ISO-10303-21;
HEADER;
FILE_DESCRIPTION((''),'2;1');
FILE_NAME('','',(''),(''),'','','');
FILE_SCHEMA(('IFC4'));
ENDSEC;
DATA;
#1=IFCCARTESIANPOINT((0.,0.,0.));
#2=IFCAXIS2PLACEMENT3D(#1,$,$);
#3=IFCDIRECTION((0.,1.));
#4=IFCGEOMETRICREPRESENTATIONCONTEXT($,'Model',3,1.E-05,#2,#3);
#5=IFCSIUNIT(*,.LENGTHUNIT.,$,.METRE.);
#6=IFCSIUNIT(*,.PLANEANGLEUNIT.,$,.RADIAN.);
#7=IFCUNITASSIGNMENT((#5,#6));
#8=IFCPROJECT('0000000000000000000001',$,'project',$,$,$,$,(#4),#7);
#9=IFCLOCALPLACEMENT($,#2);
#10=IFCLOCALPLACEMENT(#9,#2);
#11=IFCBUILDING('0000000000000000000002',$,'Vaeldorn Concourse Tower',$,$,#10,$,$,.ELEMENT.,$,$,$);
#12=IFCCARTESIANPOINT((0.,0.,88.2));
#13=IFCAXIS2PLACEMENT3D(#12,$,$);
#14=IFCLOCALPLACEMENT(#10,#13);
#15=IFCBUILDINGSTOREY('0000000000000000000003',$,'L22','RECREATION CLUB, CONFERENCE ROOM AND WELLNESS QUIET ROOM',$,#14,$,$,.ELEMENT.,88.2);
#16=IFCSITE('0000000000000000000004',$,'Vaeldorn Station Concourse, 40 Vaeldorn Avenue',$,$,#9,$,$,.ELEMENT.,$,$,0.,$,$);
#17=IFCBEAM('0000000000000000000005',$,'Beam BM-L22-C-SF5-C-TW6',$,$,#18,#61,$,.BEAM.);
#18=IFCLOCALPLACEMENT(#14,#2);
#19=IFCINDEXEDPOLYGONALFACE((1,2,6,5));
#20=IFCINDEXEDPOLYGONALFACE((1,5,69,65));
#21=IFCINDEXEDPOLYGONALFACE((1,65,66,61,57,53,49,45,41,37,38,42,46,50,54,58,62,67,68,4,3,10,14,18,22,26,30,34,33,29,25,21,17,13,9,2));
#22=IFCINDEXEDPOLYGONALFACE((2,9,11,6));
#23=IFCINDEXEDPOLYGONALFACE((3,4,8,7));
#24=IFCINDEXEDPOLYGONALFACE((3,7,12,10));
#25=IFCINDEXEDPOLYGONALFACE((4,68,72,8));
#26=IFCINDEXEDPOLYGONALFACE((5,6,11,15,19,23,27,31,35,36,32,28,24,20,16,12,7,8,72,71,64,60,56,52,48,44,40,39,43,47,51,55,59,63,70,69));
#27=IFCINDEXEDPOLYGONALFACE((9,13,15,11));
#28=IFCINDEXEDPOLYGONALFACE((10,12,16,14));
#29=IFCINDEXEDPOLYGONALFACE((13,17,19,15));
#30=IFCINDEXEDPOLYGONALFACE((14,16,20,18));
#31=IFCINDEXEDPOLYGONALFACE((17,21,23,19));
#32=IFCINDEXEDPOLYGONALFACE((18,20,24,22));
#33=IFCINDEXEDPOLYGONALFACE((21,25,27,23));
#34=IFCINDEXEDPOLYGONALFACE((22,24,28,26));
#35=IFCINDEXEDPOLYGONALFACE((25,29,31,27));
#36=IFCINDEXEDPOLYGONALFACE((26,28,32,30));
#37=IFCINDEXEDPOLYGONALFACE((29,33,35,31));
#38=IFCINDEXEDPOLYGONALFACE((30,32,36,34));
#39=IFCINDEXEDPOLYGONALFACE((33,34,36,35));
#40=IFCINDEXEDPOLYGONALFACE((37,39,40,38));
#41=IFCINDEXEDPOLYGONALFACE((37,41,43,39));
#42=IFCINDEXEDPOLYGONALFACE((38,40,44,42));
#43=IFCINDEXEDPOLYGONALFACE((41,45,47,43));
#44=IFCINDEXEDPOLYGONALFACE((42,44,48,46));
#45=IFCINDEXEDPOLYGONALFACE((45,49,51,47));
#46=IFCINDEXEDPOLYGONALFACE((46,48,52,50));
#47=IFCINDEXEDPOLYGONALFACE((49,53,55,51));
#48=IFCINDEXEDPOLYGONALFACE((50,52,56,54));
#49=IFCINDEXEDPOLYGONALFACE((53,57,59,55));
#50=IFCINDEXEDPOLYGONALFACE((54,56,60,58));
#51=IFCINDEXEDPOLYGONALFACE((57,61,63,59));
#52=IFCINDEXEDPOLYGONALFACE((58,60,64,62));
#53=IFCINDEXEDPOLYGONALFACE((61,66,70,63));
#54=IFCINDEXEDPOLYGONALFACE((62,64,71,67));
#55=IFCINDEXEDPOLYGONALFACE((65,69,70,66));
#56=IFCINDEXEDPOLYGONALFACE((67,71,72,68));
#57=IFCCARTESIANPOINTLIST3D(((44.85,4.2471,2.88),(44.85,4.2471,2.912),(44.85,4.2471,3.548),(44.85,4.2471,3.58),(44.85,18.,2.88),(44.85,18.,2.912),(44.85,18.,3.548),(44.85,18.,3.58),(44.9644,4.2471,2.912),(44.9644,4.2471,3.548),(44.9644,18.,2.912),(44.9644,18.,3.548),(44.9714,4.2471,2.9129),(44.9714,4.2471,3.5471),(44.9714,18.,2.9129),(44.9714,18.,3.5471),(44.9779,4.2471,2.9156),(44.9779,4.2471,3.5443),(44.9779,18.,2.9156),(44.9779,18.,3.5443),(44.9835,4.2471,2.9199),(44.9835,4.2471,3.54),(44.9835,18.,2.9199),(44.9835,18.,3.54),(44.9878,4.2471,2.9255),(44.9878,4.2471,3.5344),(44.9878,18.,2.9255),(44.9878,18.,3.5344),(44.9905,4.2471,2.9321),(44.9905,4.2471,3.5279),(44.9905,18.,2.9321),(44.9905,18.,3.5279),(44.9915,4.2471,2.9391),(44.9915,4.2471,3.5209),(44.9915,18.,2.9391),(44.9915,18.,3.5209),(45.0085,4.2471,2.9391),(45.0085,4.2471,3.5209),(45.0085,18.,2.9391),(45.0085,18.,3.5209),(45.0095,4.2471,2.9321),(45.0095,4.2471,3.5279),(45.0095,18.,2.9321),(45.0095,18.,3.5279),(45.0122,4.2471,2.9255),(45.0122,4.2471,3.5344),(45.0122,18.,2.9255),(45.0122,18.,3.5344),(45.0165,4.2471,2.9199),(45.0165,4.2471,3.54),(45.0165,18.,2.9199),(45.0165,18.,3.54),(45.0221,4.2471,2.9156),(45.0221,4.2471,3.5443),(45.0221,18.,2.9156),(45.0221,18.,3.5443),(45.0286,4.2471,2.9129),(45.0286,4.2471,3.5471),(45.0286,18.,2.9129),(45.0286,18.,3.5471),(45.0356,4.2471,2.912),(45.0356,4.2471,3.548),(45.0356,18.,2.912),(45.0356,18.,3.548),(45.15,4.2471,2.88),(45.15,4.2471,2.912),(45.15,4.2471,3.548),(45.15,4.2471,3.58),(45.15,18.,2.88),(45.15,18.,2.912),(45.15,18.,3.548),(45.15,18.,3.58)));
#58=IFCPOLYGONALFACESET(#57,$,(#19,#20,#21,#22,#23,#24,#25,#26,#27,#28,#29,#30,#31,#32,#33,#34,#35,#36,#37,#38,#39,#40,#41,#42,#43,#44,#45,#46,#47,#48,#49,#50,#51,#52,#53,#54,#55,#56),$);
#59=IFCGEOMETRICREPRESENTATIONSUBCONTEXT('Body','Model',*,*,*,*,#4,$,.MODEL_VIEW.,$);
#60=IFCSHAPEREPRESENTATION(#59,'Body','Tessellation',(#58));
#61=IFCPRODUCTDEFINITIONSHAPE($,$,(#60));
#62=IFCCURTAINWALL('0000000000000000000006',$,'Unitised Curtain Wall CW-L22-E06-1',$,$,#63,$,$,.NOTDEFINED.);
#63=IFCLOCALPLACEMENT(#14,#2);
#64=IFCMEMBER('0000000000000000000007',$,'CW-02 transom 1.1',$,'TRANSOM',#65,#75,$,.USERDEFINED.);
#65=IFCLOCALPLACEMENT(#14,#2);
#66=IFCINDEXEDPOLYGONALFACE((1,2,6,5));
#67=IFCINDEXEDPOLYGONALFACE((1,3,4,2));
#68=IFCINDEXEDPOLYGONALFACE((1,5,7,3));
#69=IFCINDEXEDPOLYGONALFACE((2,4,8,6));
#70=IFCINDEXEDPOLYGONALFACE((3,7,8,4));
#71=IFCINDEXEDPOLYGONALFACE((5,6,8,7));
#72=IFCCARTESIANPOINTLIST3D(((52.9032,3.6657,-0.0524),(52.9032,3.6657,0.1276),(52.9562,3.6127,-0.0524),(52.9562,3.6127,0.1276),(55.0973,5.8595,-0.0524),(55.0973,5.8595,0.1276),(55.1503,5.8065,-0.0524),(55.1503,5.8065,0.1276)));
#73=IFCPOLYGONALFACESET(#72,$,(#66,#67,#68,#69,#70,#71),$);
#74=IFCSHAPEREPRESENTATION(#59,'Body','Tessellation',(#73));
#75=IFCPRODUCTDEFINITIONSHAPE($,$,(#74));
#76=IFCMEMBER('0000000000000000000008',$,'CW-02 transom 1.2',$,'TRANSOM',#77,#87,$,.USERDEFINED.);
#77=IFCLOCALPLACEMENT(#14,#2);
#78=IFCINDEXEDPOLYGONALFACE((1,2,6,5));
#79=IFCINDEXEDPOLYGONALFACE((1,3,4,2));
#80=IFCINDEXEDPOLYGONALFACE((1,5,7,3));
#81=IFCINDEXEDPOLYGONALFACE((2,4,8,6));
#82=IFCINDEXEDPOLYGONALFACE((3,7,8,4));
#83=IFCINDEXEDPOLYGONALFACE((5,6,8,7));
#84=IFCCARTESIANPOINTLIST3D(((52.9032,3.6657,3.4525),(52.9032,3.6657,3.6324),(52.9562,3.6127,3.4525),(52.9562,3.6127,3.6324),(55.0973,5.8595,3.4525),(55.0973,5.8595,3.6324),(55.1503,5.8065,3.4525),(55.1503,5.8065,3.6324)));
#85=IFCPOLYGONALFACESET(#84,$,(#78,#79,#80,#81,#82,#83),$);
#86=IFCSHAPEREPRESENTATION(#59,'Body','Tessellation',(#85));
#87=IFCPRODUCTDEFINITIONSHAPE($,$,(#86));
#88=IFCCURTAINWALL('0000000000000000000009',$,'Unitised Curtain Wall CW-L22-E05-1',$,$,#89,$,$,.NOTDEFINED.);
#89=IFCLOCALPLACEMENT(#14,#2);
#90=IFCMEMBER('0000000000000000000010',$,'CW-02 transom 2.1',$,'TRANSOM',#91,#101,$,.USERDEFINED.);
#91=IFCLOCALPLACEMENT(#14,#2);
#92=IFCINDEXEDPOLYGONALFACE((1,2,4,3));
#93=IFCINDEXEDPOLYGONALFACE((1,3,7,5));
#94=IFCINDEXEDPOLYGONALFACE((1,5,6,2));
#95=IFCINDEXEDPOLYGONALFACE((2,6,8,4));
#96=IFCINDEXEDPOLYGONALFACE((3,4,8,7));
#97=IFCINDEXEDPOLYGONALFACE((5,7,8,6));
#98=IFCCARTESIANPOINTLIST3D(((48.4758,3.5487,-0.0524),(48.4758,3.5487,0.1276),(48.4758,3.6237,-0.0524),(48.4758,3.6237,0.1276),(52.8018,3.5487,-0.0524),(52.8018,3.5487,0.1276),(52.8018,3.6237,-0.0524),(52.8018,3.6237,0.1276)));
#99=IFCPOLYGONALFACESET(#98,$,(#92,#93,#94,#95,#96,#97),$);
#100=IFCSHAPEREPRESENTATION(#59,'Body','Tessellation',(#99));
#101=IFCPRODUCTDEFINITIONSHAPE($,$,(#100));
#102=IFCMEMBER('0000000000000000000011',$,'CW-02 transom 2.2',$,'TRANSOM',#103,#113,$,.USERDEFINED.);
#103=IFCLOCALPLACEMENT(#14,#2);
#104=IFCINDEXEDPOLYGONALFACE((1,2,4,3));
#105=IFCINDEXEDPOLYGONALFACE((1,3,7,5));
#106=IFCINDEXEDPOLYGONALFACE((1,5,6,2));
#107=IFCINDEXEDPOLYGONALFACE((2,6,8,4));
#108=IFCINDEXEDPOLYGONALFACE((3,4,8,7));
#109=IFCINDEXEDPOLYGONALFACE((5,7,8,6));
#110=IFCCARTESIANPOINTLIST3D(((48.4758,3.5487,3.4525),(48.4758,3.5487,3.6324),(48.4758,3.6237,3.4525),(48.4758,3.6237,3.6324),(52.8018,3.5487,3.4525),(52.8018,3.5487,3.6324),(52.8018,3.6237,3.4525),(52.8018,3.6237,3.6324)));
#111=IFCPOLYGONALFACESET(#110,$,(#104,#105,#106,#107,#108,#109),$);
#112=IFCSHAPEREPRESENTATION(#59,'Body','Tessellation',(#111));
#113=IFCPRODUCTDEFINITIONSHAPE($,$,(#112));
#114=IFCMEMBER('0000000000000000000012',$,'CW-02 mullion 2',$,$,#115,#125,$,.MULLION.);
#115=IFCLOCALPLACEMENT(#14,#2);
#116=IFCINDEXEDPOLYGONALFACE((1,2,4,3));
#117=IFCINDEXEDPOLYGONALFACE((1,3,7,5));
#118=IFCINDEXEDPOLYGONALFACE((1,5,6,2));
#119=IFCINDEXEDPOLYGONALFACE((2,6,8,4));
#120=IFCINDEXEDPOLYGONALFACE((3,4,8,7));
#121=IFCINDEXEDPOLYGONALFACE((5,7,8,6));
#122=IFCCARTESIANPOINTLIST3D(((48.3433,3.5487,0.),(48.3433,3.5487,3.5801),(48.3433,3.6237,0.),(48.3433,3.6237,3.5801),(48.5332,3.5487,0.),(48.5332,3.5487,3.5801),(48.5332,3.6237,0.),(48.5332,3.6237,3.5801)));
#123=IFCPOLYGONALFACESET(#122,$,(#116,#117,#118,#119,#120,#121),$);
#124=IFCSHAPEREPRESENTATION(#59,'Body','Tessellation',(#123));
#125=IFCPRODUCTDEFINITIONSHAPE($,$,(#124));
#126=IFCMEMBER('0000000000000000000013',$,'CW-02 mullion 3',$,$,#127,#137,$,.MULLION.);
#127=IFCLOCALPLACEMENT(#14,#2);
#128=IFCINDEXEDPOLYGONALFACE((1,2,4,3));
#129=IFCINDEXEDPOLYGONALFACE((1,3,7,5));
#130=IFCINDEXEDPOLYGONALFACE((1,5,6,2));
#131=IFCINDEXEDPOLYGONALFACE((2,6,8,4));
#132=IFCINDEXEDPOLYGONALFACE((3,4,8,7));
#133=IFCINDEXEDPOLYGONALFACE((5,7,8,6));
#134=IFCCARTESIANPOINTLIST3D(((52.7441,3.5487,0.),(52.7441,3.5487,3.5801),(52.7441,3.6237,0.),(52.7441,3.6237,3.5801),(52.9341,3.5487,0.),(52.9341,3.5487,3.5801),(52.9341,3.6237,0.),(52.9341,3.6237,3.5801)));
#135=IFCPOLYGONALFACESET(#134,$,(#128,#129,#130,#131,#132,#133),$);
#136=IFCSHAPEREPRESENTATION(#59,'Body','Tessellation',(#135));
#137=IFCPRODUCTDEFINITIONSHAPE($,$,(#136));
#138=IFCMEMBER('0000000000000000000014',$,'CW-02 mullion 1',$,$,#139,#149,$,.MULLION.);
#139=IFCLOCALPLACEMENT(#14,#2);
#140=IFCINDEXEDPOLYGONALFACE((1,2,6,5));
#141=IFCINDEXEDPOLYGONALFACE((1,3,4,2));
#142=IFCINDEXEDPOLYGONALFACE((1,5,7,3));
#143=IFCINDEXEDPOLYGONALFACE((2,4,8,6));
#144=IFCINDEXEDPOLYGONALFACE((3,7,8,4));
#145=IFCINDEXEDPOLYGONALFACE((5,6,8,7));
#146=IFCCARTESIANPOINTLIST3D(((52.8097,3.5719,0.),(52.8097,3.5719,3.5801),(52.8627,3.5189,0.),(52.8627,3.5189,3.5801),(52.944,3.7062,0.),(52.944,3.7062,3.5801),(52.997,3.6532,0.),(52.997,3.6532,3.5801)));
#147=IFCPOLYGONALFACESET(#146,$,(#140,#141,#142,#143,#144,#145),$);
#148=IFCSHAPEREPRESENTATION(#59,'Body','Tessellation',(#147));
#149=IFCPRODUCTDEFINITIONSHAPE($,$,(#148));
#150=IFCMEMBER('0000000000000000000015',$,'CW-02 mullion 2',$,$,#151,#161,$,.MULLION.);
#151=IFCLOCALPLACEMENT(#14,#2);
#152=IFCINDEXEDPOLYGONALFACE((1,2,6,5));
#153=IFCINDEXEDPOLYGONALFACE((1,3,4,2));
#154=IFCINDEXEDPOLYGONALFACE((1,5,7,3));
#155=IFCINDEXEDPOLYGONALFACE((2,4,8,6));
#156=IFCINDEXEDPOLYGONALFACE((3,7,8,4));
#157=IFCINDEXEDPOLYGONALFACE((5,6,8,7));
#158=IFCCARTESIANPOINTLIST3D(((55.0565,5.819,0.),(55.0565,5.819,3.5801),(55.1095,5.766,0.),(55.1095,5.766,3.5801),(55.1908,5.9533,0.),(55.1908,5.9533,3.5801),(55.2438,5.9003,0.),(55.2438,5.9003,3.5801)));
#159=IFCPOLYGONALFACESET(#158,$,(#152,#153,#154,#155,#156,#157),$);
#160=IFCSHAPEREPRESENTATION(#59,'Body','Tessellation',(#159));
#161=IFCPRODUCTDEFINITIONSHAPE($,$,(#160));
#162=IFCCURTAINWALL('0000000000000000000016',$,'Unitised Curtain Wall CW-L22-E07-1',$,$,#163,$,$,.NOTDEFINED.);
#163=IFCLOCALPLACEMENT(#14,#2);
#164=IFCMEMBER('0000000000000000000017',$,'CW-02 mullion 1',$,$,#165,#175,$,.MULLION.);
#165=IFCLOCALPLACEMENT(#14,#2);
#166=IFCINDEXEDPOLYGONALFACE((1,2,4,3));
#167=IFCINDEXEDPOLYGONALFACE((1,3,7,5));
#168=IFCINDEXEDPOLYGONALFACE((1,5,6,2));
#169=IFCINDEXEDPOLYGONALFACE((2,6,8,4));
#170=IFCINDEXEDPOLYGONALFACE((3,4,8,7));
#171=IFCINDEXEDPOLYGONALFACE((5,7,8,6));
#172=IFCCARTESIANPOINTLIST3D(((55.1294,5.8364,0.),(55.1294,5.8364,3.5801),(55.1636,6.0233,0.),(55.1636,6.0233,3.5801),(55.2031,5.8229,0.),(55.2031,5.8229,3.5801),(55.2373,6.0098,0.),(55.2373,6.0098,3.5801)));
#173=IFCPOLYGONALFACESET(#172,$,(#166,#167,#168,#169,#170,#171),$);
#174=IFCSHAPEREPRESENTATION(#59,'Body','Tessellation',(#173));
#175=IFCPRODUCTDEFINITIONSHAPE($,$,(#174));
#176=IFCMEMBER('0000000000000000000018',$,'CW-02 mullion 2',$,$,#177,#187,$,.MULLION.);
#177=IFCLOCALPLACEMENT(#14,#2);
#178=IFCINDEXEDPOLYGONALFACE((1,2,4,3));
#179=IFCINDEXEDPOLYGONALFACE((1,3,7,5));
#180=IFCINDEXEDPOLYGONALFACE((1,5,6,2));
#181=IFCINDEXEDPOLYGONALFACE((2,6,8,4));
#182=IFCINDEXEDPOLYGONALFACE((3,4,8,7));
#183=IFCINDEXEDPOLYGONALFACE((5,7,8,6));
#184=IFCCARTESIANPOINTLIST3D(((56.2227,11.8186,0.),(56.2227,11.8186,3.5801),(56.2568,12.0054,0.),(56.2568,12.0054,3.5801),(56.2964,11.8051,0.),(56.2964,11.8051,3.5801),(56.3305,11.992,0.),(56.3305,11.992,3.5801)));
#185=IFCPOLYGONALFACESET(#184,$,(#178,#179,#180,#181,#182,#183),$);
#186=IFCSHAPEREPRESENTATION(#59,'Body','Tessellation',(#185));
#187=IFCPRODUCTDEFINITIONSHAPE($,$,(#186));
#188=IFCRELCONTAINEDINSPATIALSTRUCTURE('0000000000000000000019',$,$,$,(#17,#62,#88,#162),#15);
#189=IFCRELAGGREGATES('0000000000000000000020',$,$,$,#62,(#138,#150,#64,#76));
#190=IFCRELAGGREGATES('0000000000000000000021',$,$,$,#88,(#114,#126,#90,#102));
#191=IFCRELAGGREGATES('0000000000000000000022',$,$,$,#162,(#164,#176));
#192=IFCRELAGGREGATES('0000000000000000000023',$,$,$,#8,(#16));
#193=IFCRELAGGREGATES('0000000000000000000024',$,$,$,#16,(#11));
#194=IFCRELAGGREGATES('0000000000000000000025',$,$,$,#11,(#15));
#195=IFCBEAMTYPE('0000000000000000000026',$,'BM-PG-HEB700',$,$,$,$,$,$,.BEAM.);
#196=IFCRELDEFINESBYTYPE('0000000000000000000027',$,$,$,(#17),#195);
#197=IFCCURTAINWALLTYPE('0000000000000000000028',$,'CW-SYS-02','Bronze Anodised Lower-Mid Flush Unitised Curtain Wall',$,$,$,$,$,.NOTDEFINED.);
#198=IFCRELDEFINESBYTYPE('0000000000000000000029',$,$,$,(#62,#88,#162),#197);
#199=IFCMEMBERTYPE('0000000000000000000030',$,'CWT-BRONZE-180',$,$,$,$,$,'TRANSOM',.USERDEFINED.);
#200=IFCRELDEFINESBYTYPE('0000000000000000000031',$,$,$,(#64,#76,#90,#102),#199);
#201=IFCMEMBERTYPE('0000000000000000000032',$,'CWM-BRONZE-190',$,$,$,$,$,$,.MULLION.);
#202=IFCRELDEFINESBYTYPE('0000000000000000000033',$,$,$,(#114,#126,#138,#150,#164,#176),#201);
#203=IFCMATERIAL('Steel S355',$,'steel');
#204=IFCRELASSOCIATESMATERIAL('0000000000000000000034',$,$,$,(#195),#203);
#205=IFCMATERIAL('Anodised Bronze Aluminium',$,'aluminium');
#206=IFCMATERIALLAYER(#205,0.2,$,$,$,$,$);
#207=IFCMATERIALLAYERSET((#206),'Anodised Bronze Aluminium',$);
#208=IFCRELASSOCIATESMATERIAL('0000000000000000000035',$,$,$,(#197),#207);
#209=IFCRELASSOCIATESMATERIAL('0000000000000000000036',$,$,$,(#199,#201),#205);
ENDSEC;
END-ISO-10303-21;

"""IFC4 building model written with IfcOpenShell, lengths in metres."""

from ifc_helpers import new_model, si_unit, direction, frame, origin, origin_2d, place, context, subcontext, project, spatial, rectangle, i_section, extrude, source, transform, mapped, material, layer, layer_set, material_profile, profile_set, type_object, element, aggregate, save


model = new_model("IFC4")

# Units and contexts
model_context = context("Model", 3, precision=1e-05, world=origin(), true_north=direction((0.0, 1.0)))
body_context = subcontext(model_context, "Body", "Model", "MODEL_VIEW")
ifc_project = project(units=[si_unit("LENGTHUNIT", "METRE"), si_unit("PLANEANGLEUNIT", "RADIAN")], contexts=[model_context])

# Site, building, storey
site_placement = place(None, origin())
site = spatial("IfcSite", under=ifc_project, at=site_placement, Name="Vaeldorn Station Concourse, 40 Vaeldorn Avenue", CompositionType="ELEMENT", RefElevation=0.0)
building_placement = place(site_placement, origin())
building = spatial("IfcBuilding", under=site, at=building_placement, Name="Vaeldorn Concourse Tower", CompositionType="ELEMENT")
storey_placement = place(building_placement, frame((0.0, 0.0, 88.2)))
storey = spatial("IfcBuildingStorey", under=building, at=storey_placement, Name="L22", Description="RECREATION CLUB, CONFERENCE ROOM AND WELLNESS QUIET ROOM", CompositionType="ELEMENT", Elevation=88.2)

# Beam
ifc_material_1 = material(Name="Steel S355", Category="steel")
ifc_material_profile_1 = material_profile(ifc_material_1, i_section(OverallWidth=0.3, OverallDepth=0.7, WebThickness=0.0171, FlangeThickness=0.032, FilletRadius=0.0271, at=origin_2d()), Name="HEB 700")
ifc_profile_set_1 = profile_set([ifc_material_profile_1], Name="Steel S355")
beam_type = type_object("IfcBeamType", Name="BM-PG-HEB700", PredefinedType="BEAM", material=ifc_profile_set_1)
shared_shape_1 = source(origin(), body_context, "Body", "SweptSolid", [
    extrude(i_section(OverallWidth=0.3, OverallDepth=0.7, WebThickness=0.0171, FlangeThickness=0.032, FilletRadius=0.0271, at=origin_2d()), origin(), (0.0, 0.0, 1.0), 13.7529),
])
beam_1_placement = place(storey_placement, frame((45.0, 4.2471, 3.23), z_axis=(0.0, 1.0, 0.0), x_axis=(-1.0, 0.0, 0.0)))
element("IfcBeam", 1, at=beam_1_placement, inside=storey, type_object=beam_type, Name="Beam BM-L22-C-SF5-C-TW6", PredefinedType="BEAM", context=body_context, shape_type="MappedRepresentation", body=[
    mapped(shared_shape_1, transform((0.0, 0.0, 0.0), scale=1.0)),
])

# Curtain walls, members
ifc_material_2 = material(Name="Anodised Bronze Aluminium", Category="aluminium")
ifc_layer_1 = layer(ifc_material_2, 0.2)
ifc_layer_set_1 = layer_set([ifc_layer_1], Name="Anodised Bronze Aluminium")
curtain_wall_type = type_object("IfcCurtainWallType", Name="CW-SYS-02", Description="Bronze Anodised Lower-Mid Flush Unitised Curtain Wall", PredefinedType="NOTDEFINED", material=ifc_layer_set_1)
curtain_wall_1_placement = place(storey_placement, origin())
curtain_wall_1 = element("IfcCurtainWall", 2, at=curtain_wall_1_placement, inside=storey, type_object=curtain_wall_type, Name="Unitised Curtain Wall CW-L22-E06-1", PredefinedType="NOTDEFINED")
ifc_material_profile_2 = material_profile(ifc_material_2, rectangle(XDim=0.075, YDim=0.1799, at=origin_2d()), Name="CWT 75x180")
ifc_profile_set_2 = profile_set([ifc_material_profile_2], Name="Anodised Bronze Aluminium")
member_type_1 = type_object("IfcMemberType", Name="CWT-BRONZE-180", ElementType="TRANSOM", PredefinedType="USERDEFINED", material=ifc_profile_set_2)
shared_shape_2 = source(origin(), body_context, "Body", "SweptSolid", [
    extrude(rectangle(XDim=0.075, YDim=0.1799, at=origin_2d()), origin(), (0.0, 0.0, 1.0), 3.1028),
])
member_1_placement = place(storey_placement, frame((52.9297, 3.6392, 0.0376), z_axis=(0.707146, 0.707067, 0.0), x_axis=(-0.707067, 0.707146, 0.0)))
member_1 = element("IfcMember", 3, at=member_1_placement, type_object=member_type_1, Name="CW-02 transom 1.1", ObjectType="TRANSOM", PredefinedType="USERDEFINED", context=body_context, shape_type="MappedRepresentation", body=[
    mapped(shared_shape_2, transform((0.0, 0.0, 0.0), scale=1.0)),
])
member_2_placement = place(storey_placement, frame((52.9297, 3.6392, 3.5425), z_axis=(0.707146, 0.707067, 0.0), x_axis=(-0.707067, 0.707146, 0.0)))
member_2 = element("IfcMember", 4, at=member_2_placement, type_object=member_type_1, Name="CW-02 transom 1.2", ObjectType="TRANSOM", PredefinedType="USERDEFINED", context=body_context, shape_type="MappedRepresentation", body=[
    mapped(shared_shape_2, transform((0.0, 0.0, 0.0), scale=1.0)),
])
curtain_wall_2_placement = place(storey_placement, origin())
curtain_wall_2 = element("IfcCurtainWall", 5, at=curtain_wall_2_placement, inside=storey, type_object=curtain_wall_type, Name="Unitised Curtain Wall CW-L22-E05-1", PredefinedType="NOTDEFINED")
shared_shape_3 = source(origin(), body_context, "Body", "SweptSolid", [
    extrude(rectangle(XDim=0.075, YDim=0.1799, at=origin_2d()), origin(), (0.0, 0.0, 1.0), 4.3259),
])
member_3_placement = place(storey_placement, frame((48.4758, 3.5862, 0.0376), z_axis=(1.0, 0.0, 0.0), x_axis=(0.0, 1.0, 0.0)))
member_3 = element("IfcMember", 6, at=member_3_placement, type_object=member_type_1, Name="CW-02 transom 2.1", ObjectType="TRANSOM", PredefinedType="USERDEFINED", context=body_context, shape_type="MappedRepresentation", body=[
    mapped(shared_shape_3, transform((0.0, 0.0, 0.0), scale=1.0)),
])
member_4_placement = place(storey_placement, frame((48.4758, 3.5862, 3.5425), z_axis=(1.0, 0.0, 0.0), x_axis=(0.0, 1.0, 0.0)))
member_4 = element("IfcMember", 7, at=member_4_placement, type_object=member_type_1, Name="CW-02 transom 2.2", ObjectType="TRANSOM", PredefinedType="USERDEFINED", context=body_context, shape_type="MappedRepresentation", body=[
    mapped(shared_shape_3, transform((0.0, 0.0, 0.0), scale=1.0)),
])
ifc_material_profile_3 = material_profile(ifc_material_2, rectangle(XDim=0.075, YDim=0.1899, at=origin_2d()), Name="CWM 75x190")
ifc_profile_set_3 = profile_set([ifc_material_profile_3], Name="Anodised Bronze Aluminium")
member_type_2 = type_object("IfcMemberType", Name="CWM-BRONZE-190", PredefinedType="MULLION", material=ifc_profile_set_3)
shared_shape_4 = source(origin(), body_context, "Body", "SweptSolid", [
    extrude(rectangle(XDim=0.075, YDim=0.1899, at=origin_2d()), origin(), (0.0, 0.0, 1.0), 3.5801),
])
member_5_placement = place(storey_placement, frame((48.4382, 3.5862, 0.0), z_axis=(0.0, 0.0, 1.0), x_axis=(0.0, 1.0, 0.0)))
member_5 = element("IfcMember", 8, at=member_5_placement, type_object=member_type_2, Name="CW-02 mullion 2", PredefinedType="MULLION", context=body_context, shape_type="MappedRepresentation", body=[
    mapped(shared_shape_4, transform((0.0, 0.0, 0.0), scale=1.0)),
])
member_6_placement = place(storey_placement, frame((52.8391, 3.5862, 0.0), z_axis=(0.0, 0.0, 1.0), x_axis=(0.0, 1.0, 0.0)))
member_6 = element("IfcMember", 9, at=member_6_placement, type_object=member_type_2, Name="CW-02 mullion 3", PredefinedType="MULLION", context=body_context, shape_type="MappedRepresentation", body=[
    mapped(shared_shape_4, transform((0.0, 0.0, 0.0), scale=1.0)),
])

# Members
member_7_placement = place(storey_placement, frame((52.9033, 3.6125, 0.0), z_axis=(0.0, 0.0, 1.0), x_axis=(-0.707107, 0.707107, 0.0)))
member_7 = element("IfcMember", 10, at=member_7_placement, type_object=member_type_2, Name="CW-02 mullion 1", PredefinedType="MULLION", context=body_context, shape_type="MappedRepresentation", body=[
    mapped(shared_shape_4, transform((0.0, 0.0, 0.0), scale=1.0)),
])
member_8_placement = place(storey_placement, frame((55.1501, 5.8596, 0.0), z_axis=(0.0, 0.0, 1.0), x_axis=(-0.707107, 0.707107, 0.0)))
member_8 = element("IfcMember", 11, at=member_8_placement, type_object=member_type_2, Name="CW-02 mullion 2", PredefinedType="MULLION", context=body_context, shape_type="MappedRepresentation", body=[
    mapped(shared_shape_4, transform((0.0, 0.0, 0.0), scale=1.0)),
])

# Curtain wall, members
curtain_wall_3_placement = place(storey_placement, origin())
curtain_wall_3 = element("IfcCurtainWall", 12, at=curtain_wall_3_placement, inside=storey, type_object=curtain_wall_type, Name="Unitised Curtain Wall CW-L22-E07-1", PredefinedType="NOTDEFINED")
member_9_placement = place(storey_placement, frame((55.1833, 5.9231, 0.0), z_axis=(0.0, 0.0, 1.0), x_axis=(-0.983712, 0.179753, 0.0)))
member_9 = element("IfcMember", 13, at=member_9_placement, type_object=member_type_2, Name="CW-02 mullion 1", PredefinedType="MULLION", context=body_context, shape_type="MappedRepresentation", body=[
    mapped(shared_shape_4, transform((0.0, 0.0, 0.0), scale=1.0)),
])
member_10_placement = place(storey_placement, frame((56.2766, 11.9053, 0.0), z_axis=(0.0, 0.0, 1.0), x_axis=(-0.983712, 0.179753, 0.0)))
member_10 = element("IfcMember", 14, at=member_10_placement, type_object=member_type_2, Name="CW-02 mullion 2", PredefinedType="MULLION", context=body_context, shape_type="MappedRepresentation", body=[
    mapped(shared_shape_4, transform((0.0, 0.0, 0.0), scale=1.0)),
])

aggregate(curtain_wall_1, [member_7, member_8, member_1, member_2])
aggregate(curtain_wall_2, [member_5, member_6, member_3, member_4])
aggregate(curtain_wall_3, [member_9, member_10])

save(model, "model.ifc")
